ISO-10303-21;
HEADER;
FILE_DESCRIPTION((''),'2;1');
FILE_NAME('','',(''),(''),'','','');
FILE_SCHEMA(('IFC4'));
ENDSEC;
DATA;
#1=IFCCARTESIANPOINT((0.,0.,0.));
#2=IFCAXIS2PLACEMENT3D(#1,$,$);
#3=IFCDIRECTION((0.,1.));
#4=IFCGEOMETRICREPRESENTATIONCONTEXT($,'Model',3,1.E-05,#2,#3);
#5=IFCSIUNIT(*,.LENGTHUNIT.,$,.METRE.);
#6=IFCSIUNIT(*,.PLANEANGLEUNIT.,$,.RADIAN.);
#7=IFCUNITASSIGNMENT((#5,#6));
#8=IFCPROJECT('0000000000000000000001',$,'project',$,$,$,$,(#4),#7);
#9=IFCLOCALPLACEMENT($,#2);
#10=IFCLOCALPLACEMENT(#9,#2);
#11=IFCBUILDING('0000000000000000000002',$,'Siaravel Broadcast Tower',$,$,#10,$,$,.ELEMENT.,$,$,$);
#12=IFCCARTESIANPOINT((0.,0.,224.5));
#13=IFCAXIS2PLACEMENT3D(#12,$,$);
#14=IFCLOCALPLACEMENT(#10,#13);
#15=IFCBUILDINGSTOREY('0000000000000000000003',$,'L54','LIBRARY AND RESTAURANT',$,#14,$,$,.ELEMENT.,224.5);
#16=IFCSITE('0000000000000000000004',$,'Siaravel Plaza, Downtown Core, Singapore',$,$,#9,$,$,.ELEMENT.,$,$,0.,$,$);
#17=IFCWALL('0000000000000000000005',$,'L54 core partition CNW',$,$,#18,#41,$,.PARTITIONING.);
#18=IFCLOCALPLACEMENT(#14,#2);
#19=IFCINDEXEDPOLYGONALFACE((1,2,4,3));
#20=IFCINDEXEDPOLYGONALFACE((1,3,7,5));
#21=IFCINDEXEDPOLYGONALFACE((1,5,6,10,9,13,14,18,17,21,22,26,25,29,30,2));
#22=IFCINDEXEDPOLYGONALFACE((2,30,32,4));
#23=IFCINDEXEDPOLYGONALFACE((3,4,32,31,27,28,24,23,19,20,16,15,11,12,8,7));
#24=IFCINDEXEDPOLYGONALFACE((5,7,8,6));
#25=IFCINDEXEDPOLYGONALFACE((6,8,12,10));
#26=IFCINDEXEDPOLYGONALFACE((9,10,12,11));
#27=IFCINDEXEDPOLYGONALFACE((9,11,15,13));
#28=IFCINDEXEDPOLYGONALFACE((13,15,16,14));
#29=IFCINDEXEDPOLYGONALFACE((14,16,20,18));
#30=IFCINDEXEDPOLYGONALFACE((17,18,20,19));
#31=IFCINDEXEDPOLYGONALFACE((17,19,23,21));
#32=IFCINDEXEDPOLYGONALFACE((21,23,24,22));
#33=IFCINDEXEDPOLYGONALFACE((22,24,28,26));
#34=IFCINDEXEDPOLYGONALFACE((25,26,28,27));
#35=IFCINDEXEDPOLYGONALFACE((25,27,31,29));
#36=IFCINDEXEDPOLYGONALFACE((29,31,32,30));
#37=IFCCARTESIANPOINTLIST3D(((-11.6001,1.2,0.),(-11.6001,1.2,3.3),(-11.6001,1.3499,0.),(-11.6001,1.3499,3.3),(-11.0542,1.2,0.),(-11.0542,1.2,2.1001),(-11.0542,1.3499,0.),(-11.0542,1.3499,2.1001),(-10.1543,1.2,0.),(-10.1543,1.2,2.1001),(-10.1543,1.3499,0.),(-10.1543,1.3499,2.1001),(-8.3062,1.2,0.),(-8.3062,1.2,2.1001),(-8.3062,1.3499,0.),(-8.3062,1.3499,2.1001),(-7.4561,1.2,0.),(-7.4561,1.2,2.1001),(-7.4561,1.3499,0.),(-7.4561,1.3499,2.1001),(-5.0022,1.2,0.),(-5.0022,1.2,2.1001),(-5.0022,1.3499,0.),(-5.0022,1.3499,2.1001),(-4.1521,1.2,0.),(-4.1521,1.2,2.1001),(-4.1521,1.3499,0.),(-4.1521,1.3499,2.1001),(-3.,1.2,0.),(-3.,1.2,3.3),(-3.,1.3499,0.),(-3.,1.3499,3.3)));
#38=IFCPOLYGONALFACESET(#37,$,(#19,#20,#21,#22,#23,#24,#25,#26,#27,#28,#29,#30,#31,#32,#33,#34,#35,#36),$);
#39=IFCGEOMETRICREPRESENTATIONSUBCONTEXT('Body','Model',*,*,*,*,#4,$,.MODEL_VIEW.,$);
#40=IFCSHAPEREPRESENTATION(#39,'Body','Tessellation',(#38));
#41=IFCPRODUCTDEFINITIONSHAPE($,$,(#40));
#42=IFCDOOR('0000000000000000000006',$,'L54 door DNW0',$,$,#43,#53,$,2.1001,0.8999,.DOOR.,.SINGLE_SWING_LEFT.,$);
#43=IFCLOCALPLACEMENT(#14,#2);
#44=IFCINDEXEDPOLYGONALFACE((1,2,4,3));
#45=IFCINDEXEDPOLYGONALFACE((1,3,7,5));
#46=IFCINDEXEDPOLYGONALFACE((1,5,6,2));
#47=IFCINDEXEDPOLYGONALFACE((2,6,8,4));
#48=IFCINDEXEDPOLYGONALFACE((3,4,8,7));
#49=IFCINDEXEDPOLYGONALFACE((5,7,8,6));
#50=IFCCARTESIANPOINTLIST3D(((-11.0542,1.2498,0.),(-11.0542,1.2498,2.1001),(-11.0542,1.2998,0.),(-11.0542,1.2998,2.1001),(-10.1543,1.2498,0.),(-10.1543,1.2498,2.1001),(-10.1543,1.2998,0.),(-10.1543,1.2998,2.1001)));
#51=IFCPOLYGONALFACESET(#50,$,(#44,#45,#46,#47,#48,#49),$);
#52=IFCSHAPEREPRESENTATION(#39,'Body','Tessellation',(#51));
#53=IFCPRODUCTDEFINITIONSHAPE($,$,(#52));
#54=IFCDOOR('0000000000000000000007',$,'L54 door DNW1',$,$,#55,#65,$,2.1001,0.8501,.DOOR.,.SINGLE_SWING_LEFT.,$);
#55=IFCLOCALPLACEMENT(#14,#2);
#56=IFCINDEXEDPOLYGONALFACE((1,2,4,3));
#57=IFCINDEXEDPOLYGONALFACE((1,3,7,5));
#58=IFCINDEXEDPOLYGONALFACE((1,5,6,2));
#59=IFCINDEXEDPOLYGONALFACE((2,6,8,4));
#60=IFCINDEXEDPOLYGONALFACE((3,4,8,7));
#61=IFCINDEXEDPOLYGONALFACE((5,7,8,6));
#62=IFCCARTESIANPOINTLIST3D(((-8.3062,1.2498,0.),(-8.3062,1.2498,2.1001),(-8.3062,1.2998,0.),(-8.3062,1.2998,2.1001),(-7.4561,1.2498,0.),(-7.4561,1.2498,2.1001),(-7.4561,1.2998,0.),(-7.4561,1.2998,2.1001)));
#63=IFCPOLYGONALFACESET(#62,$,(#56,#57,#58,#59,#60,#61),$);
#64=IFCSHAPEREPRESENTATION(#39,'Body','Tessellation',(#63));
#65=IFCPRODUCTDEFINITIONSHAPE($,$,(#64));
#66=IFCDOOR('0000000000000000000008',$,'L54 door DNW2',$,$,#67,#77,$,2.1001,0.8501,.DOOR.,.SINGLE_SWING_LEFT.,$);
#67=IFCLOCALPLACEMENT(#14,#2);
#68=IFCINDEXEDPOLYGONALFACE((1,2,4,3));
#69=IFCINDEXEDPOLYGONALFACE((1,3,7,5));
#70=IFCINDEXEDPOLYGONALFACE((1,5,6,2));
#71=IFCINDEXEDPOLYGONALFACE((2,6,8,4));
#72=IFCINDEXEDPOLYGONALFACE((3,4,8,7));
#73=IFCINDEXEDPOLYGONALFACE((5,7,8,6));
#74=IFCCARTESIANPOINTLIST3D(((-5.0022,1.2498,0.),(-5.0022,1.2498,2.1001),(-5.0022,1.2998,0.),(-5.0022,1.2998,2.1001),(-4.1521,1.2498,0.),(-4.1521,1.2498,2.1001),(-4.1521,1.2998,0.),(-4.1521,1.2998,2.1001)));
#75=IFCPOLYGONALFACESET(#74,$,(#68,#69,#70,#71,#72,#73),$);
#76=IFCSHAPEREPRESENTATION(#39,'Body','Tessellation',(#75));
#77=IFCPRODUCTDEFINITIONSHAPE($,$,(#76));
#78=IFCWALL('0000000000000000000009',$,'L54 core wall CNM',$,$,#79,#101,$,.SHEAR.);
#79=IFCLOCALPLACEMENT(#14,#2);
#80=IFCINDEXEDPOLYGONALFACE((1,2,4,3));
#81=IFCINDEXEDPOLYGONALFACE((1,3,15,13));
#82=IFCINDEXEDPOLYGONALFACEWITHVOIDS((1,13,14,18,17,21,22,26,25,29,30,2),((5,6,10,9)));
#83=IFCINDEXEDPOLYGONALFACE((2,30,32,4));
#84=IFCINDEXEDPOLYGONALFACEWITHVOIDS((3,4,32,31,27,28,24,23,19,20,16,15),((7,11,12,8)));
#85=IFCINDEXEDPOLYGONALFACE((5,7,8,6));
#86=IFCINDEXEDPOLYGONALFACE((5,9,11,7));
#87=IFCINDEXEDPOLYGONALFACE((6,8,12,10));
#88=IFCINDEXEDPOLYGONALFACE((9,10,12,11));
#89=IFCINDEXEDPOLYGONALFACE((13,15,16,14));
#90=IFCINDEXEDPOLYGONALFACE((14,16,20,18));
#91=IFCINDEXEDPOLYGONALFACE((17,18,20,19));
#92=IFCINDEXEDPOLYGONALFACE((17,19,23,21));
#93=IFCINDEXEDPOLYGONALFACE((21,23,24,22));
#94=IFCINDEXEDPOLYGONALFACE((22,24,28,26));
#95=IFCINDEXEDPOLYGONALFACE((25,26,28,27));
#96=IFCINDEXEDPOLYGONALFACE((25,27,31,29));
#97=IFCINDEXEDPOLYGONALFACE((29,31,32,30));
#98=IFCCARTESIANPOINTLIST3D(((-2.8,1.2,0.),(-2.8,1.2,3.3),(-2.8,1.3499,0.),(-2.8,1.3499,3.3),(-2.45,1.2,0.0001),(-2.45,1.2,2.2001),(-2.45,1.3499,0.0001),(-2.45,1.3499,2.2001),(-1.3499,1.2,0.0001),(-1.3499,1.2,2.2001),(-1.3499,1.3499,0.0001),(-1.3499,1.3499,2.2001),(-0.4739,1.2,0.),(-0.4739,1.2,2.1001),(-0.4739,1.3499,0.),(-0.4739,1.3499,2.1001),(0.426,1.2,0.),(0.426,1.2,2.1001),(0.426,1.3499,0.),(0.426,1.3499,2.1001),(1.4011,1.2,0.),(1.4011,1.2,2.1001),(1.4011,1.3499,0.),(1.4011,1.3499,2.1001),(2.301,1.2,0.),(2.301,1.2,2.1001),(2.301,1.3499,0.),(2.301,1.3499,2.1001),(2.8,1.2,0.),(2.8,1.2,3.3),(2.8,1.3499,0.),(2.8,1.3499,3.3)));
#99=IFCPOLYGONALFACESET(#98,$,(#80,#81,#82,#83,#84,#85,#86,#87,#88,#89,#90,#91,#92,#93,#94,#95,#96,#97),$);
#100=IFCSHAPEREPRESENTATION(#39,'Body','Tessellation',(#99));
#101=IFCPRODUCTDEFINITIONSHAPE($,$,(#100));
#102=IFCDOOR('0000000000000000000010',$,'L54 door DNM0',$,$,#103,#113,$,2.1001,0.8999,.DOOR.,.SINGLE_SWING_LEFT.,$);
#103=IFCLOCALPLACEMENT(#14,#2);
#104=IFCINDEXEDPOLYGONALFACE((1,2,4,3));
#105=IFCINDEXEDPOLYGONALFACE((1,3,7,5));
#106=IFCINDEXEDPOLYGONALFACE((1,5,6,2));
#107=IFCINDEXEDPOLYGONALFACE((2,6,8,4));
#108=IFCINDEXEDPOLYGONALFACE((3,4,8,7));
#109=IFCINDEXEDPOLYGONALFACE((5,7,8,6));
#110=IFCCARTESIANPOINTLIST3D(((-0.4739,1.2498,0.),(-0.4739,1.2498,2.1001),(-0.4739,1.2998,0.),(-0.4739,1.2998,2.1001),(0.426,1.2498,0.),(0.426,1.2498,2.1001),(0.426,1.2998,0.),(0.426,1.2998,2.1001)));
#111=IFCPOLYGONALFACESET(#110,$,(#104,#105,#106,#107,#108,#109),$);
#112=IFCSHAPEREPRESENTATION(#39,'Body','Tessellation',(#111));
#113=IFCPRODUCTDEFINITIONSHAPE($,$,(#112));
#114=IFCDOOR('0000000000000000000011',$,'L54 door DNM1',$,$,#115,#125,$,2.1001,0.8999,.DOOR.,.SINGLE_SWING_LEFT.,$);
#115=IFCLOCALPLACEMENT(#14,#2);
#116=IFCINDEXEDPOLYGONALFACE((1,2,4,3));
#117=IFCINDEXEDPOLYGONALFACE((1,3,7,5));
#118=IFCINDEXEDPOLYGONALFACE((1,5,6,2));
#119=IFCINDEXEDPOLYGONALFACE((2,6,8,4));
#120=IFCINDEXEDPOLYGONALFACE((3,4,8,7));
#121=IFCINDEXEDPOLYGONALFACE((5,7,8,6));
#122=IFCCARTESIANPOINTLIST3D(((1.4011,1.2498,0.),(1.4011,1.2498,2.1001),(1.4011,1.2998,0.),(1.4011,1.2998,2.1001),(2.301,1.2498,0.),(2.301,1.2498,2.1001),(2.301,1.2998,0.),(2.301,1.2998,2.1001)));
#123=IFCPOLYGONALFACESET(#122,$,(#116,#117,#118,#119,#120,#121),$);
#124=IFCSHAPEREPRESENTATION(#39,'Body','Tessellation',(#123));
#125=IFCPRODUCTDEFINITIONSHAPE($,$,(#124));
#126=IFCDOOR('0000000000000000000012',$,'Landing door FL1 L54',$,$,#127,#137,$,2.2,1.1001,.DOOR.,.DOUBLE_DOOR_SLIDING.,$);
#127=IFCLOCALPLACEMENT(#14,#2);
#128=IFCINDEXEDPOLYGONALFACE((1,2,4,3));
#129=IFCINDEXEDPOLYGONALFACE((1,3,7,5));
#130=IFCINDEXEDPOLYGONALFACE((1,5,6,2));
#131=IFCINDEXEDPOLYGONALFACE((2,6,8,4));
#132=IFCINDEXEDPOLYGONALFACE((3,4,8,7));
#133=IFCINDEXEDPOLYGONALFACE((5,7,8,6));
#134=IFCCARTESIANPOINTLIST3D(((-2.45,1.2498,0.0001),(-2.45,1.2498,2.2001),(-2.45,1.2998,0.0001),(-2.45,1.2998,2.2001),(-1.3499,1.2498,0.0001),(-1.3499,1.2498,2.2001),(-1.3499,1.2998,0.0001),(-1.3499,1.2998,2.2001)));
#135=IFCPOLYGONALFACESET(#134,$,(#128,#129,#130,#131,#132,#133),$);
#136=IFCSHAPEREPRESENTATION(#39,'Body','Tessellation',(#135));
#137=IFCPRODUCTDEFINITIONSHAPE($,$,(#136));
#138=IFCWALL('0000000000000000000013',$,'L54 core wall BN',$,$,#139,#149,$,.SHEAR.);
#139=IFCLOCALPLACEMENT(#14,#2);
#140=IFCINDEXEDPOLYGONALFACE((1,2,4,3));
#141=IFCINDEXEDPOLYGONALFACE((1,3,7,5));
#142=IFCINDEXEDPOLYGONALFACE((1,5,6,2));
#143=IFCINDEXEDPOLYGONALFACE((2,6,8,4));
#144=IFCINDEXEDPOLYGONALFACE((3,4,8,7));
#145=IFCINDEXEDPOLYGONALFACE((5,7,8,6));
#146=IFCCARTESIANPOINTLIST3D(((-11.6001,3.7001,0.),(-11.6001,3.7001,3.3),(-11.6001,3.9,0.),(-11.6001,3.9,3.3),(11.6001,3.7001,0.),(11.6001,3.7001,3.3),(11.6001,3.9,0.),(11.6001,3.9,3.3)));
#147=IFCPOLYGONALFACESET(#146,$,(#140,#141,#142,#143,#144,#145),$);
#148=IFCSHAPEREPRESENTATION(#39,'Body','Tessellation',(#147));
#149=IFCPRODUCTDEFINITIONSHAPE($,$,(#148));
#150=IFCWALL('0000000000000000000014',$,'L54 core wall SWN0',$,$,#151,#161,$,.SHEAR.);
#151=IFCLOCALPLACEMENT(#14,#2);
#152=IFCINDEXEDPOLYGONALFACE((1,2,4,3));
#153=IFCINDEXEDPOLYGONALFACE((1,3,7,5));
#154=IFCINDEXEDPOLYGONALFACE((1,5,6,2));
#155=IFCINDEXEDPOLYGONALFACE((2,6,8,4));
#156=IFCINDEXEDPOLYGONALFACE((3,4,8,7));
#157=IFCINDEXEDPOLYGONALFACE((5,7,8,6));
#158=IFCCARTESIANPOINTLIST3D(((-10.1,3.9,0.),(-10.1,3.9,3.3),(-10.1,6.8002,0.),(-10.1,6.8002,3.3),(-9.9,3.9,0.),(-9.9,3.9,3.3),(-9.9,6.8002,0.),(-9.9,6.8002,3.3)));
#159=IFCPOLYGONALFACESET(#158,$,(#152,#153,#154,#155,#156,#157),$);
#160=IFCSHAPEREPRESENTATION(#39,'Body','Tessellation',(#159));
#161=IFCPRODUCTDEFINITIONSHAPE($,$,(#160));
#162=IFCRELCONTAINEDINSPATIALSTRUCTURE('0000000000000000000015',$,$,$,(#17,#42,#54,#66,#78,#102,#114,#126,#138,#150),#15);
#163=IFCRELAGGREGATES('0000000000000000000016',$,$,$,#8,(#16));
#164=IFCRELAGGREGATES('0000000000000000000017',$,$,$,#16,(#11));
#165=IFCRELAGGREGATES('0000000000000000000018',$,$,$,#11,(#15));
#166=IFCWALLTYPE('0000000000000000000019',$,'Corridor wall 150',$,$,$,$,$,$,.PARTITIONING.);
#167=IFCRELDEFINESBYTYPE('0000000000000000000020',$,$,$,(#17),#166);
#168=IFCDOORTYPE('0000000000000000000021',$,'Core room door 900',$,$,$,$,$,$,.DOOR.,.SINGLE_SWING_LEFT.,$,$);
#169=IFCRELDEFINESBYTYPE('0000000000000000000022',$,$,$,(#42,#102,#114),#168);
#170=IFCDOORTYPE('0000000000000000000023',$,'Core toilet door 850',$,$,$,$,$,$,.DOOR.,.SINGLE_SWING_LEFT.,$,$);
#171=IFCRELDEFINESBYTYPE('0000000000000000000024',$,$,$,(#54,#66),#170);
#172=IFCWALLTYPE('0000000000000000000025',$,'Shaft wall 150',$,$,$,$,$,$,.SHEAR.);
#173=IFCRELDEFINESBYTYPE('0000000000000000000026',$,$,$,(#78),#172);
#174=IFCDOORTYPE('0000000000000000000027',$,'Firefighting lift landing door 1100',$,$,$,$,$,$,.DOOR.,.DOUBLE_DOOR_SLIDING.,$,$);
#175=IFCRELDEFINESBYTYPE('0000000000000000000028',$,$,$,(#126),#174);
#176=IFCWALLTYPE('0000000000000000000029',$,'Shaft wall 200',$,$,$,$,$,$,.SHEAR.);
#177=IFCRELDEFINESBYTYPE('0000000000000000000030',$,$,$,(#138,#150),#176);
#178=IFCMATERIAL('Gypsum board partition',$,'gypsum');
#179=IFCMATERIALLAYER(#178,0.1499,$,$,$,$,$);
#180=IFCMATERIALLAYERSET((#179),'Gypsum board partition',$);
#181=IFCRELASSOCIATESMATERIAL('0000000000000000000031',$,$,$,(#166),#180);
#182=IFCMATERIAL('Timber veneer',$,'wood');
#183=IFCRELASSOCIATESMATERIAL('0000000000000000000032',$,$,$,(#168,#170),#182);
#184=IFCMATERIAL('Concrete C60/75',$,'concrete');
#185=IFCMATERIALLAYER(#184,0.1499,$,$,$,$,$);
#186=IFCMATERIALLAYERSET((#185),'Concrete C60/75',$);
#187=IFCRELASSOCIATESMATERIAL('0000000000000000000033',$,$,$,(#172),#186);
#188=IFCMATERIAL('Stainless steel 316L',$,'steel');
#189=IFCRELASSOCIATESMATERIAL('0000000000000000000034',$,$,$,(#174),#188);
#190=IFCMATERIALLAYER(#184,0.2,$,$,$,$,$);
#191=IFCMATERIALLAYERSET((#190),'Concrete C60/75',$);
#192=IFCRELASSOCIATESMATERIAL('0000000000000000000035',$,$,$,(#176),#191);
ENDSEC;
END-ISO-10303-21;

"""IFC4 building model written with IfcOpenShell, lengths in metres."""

from ifc_helpers import new_model, si_unit, direction, frame, frame_2d, origin, place, context, subcontext, project, spatial, rectangle, extrude, material, layer, layer_set, type_object, element, fill, save


model = new_model("IFC4")

# Units and contexts
model_context = context("Model", 3, precision=1e-05, world=origin(), true_north=direction((0.0, 1.0)))
body_context = subcontext(model_context, "Body", "Model", "MODEL_VIEW")
ifc_project = project(units=[si_unit("LENGTHUNIT", "METRE"), si_unit("PLANEANGLEUNIT", "RADIAN")], contexts=[model_context])

# Site, building, storey
site_placement = place(None, origin())
site = spatial("IfcSite", under=ifc_project, at=site_placement, Name="Siaravel Plaza, Downtown Core, Singapore", CompositionType="ELEMENT", RefElevation=0.0)
building_placement = place(site_placement, origin())
building = spatial("IfcBuilding", under=site, at=building_placement, Name="Siaravel Broadcast Tower", CompositionType="ELEMENT")
storey_placement = place(building_placement, frame((0.0, 0.0, 224.5)))
storey = spatial("IfcBuildingStorey", under=building, at=storey_placement, Name="L54", Description="LIBRARY AND RESTAURANT", CompositionType="ELEMENT", Elevation=224.5)

# Walls, openings, doors
ifc_material_1 = material(Name="Gypsum board partition", Category="gypsum")
ifc_layer_1 = layer(ifc_material_1, 0.1499)
ifc_layer_set_1 = layer_set([ifc_layer_1], Name="Gypsum board partition")
wall_type_1 = type_object("IfcWallType", Name="Corridor wall 150", PredefinedType="PARTITIONING", material=ifc_layer_set_1)
wall_1_placement = place(storey_placement, frame((-11.6001, 1.2749, 0.0), z_axis=(0.0, 0.0, 1.0), x_axis=(1.0, 0.0, 0.0)))
wall_1 = element("IfcWall", 1, at=wall_1_placement, inside=storey, type_object=wall_type_1, Name="L54 core partition CNW", PredefinedType="PARTITIONING", context=body_context, shape_type="SweptSolid", body=[
    extrude(rectangle(XDim=8.6001, YDim=0.1499, at=frame_2d((4.3, 0.0))), origin(), (0.0, 0.0, 1.0), 3.3),
])
opening_1_placement = place(wall_1_placement, frame((0.5459, 0.0, 0.0)))
opening_1 = element("IfcOpeningElement", 2, at=opening_1_placement, cuts=wall_1, PredefinedType="OPENING", context=body_context, shape_type="SweptSolid", body=[
    extrude(rectangle(XDim=0.8999, YDim=2.1001, at=frame_2d((0.45, 1.05))), frame((0.0, 0.085, 0.0), z_axis=(0.0, -1.0, 0.0), x_axis=(1.0, 0.0, 0.0)), (0.0, 0.0, 1.0), 0.1699),
])
opening_2_placement = place(wall_1_placement, frame((3.2939, 0.0, 0.0)))
opening_2 = element("IfcOpeningElement", 3, at=opening_2_placement, cuts=wall_1, PredefinedType="OPENING", context=body_context, shape_type="SweptSolid", body=[
    extrude(rectangle(XDim=0.8501, YDim=2.1001, at=frame_2d((0.425, 1.05))), frame((0.0, 0.085, 0.0), z_axis=(0.0, -1.0, 0.0), x_axis=(1.0, 0.0, 0.0)), (0.0, 0.0, 1.0), 0.1699),
])
opening_3_placement = place(wall_1_placement, frame((6.5979, 0.0, 0.0)))
opening_3 = element("IfcOpeningElement", 4, at=opening_3_placement, cuts=wall_1, PredefinedType="OPENING", context=body_context, shape_type="SweptSolid", body=[
    extrude(rectangle(XDim=0.8501, YDim=2.1001, at=frame_2d((0.425, 1.05))), frame((0.0, 0.085, 0.0), z_axis=(0.0, -1.0, 0.0), x_axis=(1.0, 0.0, 0.0)), (0.0, 0.0, 1.0), 0.1699),
])
ifc_material_2 = material(Name="Timber veneer", Category="wood")
door_type_1 = type_object("IfcDoorType", Name="Core room door 900", OperationType="SINGLE_SWING_LEFT", PredefinedType="DOOR", material=ifc_material_2)
door_1_placement = place(opening_1_placement, origin())
door_1 = element("IfcDoor", 5, at=door_1_placement, inside=storey, type_object=door_type_1, Name="L54 door DNW0", OperationType="SINGLE_SWING_LEFT", OverallHeight=2.1001, OverallWidth=0.8999, PredefinedType="DOOR", context=body_context, shape_type="SweptSolid", body=[
    extrude(rectangle(XDim=0.8999, YDim=2.1001, at=frame_2d((0.45, 1.05))), frame((0.0, 0.0249, 0.0), z_axis=(0.0, -1.0, 0.0), x_axis=(1.0, 0.0, 0.0)), (0.0, 0.0, 1.0), 0.05),
])
fill(opening_1, door_1)
door_type_2 = type_object("IfcDoorType", Name="Core toilet door 850", OperationType="SINGLE_SWING_LEFT", PredefinedType="DOOR", material=ifc_material_2)
door_2_placement = place(opening_2_placement, origin())
door_2 = element("IfcDoor", 6, at=door_2_placement, inside=storey, type_object=door_type_2, Name="L54 door DNW1", OperationType="SINGLE_SWING_LEFT", OverallHeight=2.1001, OverallWidth=0.8501, PredefinedType="DOOR", context=body_context, shape_type="SweptSolid", body=[
    extrude(rectangle(XDim=0.8501, YDim=2.1001, at=frame_2d((0.425, 1.05))), frame((0.0, 0.0249, 0.0), z_axis=(0.0, -1.0, 0.0), x_axis=(1.0, 0.0, 0.0)), (0.0, 0.0, 1.0), 0.05),
])
fill(opening_2, door_2)
door_3_placement = place(opening_3_placement, origin())
door_3 = element("IfcDoor", 7, at=door_3_placement, inside=storey, type_object=door_type_2, Name="L54 door DNW2", OperationType="SINGLE_SWING_LEFT", OverallHeight=2.1001, OverallWidth=0.8501, PredefinedType="DOOR", context=body_context, shape_type="SweptSolid", body=[
    extrude(rectangle(XDim=0.8501, YDim=2.1001, at=frame_2d((0.425, 1.05))), frame((0.0, 0.0249, 0.0), z_axis=(0.0, -1.0, 0.0), x_axis=(1.0, 0.0, 0.0)), (0.0, 0.0, 1.0), 0.05),
])
fill(opening_3, door_3)
ifc_material_3 = material(Name="Concrete C60/75", Category="concrete")
ifc_layer_2 = layer(ifc_material_3, 0.1499)
ifc_layer_set_2 = layer_set([ifc_layer_2], Name="Concrete C60/75")
wall_type_2 = type_object("IfcWallType", Name="Shaft wall 150", PredefinedType="SHEAR", material=ifc_layer_set_2)
wall_2_placement = place(storey_placement, frame((-2.8, 1.2749, 0.0), z_axis=(0.0, 0.0, 1.0), x_axis=(1.0, 0.0, 0.0)))
wall_2 = element("IfcWall", 8, at=wall_2_placement, inside=storey, type_object=wall_type_2, Name="L54 core wall CNM", PredefinedType="SHEAR", context=body_context, shape_type="SweptSolid", body=[
    extrude(rectangle(XDim=5.6001, YDim=0.1499, at=frame_2d((2.8, 0.0))), origin(), (0.0, 0.0, 1.0), 3.3),
])
opening_4_placement = place(wall_2_placement, frame((0.3501, 0.0, 0.0)))
opening_4 = element("IfcOpeningElement", 9, at=opening_4_placement, cuts=wall_2, PredefinedType="OPENING", context=body_context, shape_type="SweptSolid", body=[
    extrude(rectangle(XDim=1.1001, YDim=2.2, at=frame_2d((0.55, 1.1001))), frame((0.0, 0.085, 0.0), z_axis=(0.0, -1.0, 0.0), x_axis=(1.0, 0.0, 0.0)), (0.0, 0.0, 1.0), 0.1699),
])
opening_5_placement = place(wall_2_placement, frame((2.3262, 0.0, 0.0)))
opening_5 = element("IfcOpeningElement", 10, at=opening_5_placement, cuts=wall_2, PredefinedType="OPENING", context=body_context, shape_type="SweptSolid", body=[
    extrude(rectangle(XDim=0.8999, YDim=2.1001, at=frame_2d((0.45, 1.05))), frame((0.0, 0.085, 0.0), z_axis=(0.0, -1.0, 0.0), x_axis=(1.0, 0.0, 0.0)), (0.0, 0.0, 1.0), 0.1699),
])
opening_6_placement = place(wall_2_placement, frame((4.2012, 0.0, 0.0)))
opening_6 = element("IfcOpeningElement", 11, at=opening_6_placement, cuts=wall_2, PredefinedType="OPENING", context=body_context, shape_type="SweptSolid", body=[
    extrude(rectangle(XDim=0.8999, YDim=2.1001, at=frame_2d((0.45, 1.05))), frame((0.0, 0.085, 0.0), z_axis=(0.0, -1.0, 0.0), x_axis=(1.0, 0.0, 0.0)), (0.0, 0.0, 1.0), 0.1699),
])
door_4_placement = place(opening_5_placement, origin())
door_4 = element("IfcDoor", 12, at=door_4_placement, inside=storey, type_object=door_type_1, Name="L54 door DNM0", OperationType="SINGLE_SWING_LEFT", OverallHeight=2.1001, OverallWidth=0.8999, PredefinedType="DOOR", context=body_context, shape_type="SweptSolid", body=[
    extrude(rectangle(XDim=0.8999, YDim=2.1001, at=frame_2d((0.45, 1.05))), frame((0.0, 0.0249, 0.0), z_axis=(0.0, -1.0, 0.0), x_axis=(1.0, 0.0, 0.0)), (0.0, 0.0, 1.0), 0.05),
])
fill(opening_5, door_4)
door_5_placement = place(opening_6_placement, origin())
door_5 = element("IfcDoor", 13, at=door_5_placement, inside=storey, type_object=door_type_1, Name="L54 door DNM1", OperationType="SINGLE_SWING_LEFT", OverallHeight=2.1001, OverallWidth=0.8999, PredefinedType="DOOR", context=body_context, shape_type="SweptSolid", body=[
    extrude(rectangle(XDim=0.8999, YDim=2.1001, at=frame_2d((0.45, 1.05))), frame((0.0, 0.0249, 0.0), z_axis=(0.0, -1.0, 0.0), x_axis=(1.0, 0.0, 0.0)), (0.0, 0.0, 1.0), 0.05),
])
fill(opening_6, door_5)
ifc_material_4 = material(Name="Stainless steel 316L", Category="steel")
door_type_3 = type_object("IfcDoorType", Name="Firefighting lift landing door 1100", OperationType="DOUBLE_DOOR_SLIDING", PredefinedType="DOOR", material=ifc_material_4)
door_6_placement = place(opening_4_placement, origin())
door_6 = element("IfcDoor", 14, at=door_6_placement, inside=storey, type_object=door_type_3, Name="Landing door FL1 L54", OperationType="DOUBLE_DOOR_SLIDING", OverallHeight=2.2, OverallWidth=1.1001, PredefinedType="DOOR", context=body_context, shape_type="SweptSolid", body=[
    extrude(rectangle(XDim=1.1001, YDim=2.2, at=frame_2d((0.55, 1.1001))), frame((0.0, 0.0249, 0.0), z_axis=(0.0, -1.0, 0.0), x_axis=(1.0, 0.0, 0.0)), (0.0, 0.0, 1.0), 0.05),
])
fill(opening_4, door_6)

# Walls
ifc_layer_3 = layer(ifc_material_3, 0.2)
ifc_layer_set_3 = layer_set([ifc_layer_3], Name="Concrete C60/75")
wall_type_3 = type_object("IfcWallType", Name="Shaft wall 200", PredefinedType="SHEAR", material=ifc_layer_set_3)
wall_3_placement = place(storey_placement, frame((-11.6001, 3.8, 0.0), z_axis=(0.0, 0.0, 1.0), x_axis=(1.0, 0.0, 0.0)))
element("IfcWall", 15, at=wall_3_placement, inside=storey, type_object=wall_type_3, Name="L54 core wall BN", PredefinedType="SHEAR", context=body_context, shape_type="SweptSolid", body=[
    extrude(rectangle(XDim=23.2002, YDim=0.2, at=frame_2d((11.6001, 0.0))), origin(), (0.0, 0.0, 1.0), 3.3),
])
wall_4_placement = place(storey_placement, frame((-10.0, 3.8999, 0.0), z_axis=(0.0, 0.0, 1.0), x_axis=(0.0, 1.0, 0.0)))
element("IfcWall", 16, at=wall_4_placement, inside=storey, type_object=wall_type_3, Name="L54 core wall SWN0", PredefinedType="SHEAR", context=body_context, shape_type="SweptSolid", body=[
    extrude(rectangle(XDim=2.9001, YDim=0.2, at=frame_2d((1.4502, 0.0))), origin(), (0.0, 0.0, 1.0), 3.3),
])

save(model, "model.ifc")
